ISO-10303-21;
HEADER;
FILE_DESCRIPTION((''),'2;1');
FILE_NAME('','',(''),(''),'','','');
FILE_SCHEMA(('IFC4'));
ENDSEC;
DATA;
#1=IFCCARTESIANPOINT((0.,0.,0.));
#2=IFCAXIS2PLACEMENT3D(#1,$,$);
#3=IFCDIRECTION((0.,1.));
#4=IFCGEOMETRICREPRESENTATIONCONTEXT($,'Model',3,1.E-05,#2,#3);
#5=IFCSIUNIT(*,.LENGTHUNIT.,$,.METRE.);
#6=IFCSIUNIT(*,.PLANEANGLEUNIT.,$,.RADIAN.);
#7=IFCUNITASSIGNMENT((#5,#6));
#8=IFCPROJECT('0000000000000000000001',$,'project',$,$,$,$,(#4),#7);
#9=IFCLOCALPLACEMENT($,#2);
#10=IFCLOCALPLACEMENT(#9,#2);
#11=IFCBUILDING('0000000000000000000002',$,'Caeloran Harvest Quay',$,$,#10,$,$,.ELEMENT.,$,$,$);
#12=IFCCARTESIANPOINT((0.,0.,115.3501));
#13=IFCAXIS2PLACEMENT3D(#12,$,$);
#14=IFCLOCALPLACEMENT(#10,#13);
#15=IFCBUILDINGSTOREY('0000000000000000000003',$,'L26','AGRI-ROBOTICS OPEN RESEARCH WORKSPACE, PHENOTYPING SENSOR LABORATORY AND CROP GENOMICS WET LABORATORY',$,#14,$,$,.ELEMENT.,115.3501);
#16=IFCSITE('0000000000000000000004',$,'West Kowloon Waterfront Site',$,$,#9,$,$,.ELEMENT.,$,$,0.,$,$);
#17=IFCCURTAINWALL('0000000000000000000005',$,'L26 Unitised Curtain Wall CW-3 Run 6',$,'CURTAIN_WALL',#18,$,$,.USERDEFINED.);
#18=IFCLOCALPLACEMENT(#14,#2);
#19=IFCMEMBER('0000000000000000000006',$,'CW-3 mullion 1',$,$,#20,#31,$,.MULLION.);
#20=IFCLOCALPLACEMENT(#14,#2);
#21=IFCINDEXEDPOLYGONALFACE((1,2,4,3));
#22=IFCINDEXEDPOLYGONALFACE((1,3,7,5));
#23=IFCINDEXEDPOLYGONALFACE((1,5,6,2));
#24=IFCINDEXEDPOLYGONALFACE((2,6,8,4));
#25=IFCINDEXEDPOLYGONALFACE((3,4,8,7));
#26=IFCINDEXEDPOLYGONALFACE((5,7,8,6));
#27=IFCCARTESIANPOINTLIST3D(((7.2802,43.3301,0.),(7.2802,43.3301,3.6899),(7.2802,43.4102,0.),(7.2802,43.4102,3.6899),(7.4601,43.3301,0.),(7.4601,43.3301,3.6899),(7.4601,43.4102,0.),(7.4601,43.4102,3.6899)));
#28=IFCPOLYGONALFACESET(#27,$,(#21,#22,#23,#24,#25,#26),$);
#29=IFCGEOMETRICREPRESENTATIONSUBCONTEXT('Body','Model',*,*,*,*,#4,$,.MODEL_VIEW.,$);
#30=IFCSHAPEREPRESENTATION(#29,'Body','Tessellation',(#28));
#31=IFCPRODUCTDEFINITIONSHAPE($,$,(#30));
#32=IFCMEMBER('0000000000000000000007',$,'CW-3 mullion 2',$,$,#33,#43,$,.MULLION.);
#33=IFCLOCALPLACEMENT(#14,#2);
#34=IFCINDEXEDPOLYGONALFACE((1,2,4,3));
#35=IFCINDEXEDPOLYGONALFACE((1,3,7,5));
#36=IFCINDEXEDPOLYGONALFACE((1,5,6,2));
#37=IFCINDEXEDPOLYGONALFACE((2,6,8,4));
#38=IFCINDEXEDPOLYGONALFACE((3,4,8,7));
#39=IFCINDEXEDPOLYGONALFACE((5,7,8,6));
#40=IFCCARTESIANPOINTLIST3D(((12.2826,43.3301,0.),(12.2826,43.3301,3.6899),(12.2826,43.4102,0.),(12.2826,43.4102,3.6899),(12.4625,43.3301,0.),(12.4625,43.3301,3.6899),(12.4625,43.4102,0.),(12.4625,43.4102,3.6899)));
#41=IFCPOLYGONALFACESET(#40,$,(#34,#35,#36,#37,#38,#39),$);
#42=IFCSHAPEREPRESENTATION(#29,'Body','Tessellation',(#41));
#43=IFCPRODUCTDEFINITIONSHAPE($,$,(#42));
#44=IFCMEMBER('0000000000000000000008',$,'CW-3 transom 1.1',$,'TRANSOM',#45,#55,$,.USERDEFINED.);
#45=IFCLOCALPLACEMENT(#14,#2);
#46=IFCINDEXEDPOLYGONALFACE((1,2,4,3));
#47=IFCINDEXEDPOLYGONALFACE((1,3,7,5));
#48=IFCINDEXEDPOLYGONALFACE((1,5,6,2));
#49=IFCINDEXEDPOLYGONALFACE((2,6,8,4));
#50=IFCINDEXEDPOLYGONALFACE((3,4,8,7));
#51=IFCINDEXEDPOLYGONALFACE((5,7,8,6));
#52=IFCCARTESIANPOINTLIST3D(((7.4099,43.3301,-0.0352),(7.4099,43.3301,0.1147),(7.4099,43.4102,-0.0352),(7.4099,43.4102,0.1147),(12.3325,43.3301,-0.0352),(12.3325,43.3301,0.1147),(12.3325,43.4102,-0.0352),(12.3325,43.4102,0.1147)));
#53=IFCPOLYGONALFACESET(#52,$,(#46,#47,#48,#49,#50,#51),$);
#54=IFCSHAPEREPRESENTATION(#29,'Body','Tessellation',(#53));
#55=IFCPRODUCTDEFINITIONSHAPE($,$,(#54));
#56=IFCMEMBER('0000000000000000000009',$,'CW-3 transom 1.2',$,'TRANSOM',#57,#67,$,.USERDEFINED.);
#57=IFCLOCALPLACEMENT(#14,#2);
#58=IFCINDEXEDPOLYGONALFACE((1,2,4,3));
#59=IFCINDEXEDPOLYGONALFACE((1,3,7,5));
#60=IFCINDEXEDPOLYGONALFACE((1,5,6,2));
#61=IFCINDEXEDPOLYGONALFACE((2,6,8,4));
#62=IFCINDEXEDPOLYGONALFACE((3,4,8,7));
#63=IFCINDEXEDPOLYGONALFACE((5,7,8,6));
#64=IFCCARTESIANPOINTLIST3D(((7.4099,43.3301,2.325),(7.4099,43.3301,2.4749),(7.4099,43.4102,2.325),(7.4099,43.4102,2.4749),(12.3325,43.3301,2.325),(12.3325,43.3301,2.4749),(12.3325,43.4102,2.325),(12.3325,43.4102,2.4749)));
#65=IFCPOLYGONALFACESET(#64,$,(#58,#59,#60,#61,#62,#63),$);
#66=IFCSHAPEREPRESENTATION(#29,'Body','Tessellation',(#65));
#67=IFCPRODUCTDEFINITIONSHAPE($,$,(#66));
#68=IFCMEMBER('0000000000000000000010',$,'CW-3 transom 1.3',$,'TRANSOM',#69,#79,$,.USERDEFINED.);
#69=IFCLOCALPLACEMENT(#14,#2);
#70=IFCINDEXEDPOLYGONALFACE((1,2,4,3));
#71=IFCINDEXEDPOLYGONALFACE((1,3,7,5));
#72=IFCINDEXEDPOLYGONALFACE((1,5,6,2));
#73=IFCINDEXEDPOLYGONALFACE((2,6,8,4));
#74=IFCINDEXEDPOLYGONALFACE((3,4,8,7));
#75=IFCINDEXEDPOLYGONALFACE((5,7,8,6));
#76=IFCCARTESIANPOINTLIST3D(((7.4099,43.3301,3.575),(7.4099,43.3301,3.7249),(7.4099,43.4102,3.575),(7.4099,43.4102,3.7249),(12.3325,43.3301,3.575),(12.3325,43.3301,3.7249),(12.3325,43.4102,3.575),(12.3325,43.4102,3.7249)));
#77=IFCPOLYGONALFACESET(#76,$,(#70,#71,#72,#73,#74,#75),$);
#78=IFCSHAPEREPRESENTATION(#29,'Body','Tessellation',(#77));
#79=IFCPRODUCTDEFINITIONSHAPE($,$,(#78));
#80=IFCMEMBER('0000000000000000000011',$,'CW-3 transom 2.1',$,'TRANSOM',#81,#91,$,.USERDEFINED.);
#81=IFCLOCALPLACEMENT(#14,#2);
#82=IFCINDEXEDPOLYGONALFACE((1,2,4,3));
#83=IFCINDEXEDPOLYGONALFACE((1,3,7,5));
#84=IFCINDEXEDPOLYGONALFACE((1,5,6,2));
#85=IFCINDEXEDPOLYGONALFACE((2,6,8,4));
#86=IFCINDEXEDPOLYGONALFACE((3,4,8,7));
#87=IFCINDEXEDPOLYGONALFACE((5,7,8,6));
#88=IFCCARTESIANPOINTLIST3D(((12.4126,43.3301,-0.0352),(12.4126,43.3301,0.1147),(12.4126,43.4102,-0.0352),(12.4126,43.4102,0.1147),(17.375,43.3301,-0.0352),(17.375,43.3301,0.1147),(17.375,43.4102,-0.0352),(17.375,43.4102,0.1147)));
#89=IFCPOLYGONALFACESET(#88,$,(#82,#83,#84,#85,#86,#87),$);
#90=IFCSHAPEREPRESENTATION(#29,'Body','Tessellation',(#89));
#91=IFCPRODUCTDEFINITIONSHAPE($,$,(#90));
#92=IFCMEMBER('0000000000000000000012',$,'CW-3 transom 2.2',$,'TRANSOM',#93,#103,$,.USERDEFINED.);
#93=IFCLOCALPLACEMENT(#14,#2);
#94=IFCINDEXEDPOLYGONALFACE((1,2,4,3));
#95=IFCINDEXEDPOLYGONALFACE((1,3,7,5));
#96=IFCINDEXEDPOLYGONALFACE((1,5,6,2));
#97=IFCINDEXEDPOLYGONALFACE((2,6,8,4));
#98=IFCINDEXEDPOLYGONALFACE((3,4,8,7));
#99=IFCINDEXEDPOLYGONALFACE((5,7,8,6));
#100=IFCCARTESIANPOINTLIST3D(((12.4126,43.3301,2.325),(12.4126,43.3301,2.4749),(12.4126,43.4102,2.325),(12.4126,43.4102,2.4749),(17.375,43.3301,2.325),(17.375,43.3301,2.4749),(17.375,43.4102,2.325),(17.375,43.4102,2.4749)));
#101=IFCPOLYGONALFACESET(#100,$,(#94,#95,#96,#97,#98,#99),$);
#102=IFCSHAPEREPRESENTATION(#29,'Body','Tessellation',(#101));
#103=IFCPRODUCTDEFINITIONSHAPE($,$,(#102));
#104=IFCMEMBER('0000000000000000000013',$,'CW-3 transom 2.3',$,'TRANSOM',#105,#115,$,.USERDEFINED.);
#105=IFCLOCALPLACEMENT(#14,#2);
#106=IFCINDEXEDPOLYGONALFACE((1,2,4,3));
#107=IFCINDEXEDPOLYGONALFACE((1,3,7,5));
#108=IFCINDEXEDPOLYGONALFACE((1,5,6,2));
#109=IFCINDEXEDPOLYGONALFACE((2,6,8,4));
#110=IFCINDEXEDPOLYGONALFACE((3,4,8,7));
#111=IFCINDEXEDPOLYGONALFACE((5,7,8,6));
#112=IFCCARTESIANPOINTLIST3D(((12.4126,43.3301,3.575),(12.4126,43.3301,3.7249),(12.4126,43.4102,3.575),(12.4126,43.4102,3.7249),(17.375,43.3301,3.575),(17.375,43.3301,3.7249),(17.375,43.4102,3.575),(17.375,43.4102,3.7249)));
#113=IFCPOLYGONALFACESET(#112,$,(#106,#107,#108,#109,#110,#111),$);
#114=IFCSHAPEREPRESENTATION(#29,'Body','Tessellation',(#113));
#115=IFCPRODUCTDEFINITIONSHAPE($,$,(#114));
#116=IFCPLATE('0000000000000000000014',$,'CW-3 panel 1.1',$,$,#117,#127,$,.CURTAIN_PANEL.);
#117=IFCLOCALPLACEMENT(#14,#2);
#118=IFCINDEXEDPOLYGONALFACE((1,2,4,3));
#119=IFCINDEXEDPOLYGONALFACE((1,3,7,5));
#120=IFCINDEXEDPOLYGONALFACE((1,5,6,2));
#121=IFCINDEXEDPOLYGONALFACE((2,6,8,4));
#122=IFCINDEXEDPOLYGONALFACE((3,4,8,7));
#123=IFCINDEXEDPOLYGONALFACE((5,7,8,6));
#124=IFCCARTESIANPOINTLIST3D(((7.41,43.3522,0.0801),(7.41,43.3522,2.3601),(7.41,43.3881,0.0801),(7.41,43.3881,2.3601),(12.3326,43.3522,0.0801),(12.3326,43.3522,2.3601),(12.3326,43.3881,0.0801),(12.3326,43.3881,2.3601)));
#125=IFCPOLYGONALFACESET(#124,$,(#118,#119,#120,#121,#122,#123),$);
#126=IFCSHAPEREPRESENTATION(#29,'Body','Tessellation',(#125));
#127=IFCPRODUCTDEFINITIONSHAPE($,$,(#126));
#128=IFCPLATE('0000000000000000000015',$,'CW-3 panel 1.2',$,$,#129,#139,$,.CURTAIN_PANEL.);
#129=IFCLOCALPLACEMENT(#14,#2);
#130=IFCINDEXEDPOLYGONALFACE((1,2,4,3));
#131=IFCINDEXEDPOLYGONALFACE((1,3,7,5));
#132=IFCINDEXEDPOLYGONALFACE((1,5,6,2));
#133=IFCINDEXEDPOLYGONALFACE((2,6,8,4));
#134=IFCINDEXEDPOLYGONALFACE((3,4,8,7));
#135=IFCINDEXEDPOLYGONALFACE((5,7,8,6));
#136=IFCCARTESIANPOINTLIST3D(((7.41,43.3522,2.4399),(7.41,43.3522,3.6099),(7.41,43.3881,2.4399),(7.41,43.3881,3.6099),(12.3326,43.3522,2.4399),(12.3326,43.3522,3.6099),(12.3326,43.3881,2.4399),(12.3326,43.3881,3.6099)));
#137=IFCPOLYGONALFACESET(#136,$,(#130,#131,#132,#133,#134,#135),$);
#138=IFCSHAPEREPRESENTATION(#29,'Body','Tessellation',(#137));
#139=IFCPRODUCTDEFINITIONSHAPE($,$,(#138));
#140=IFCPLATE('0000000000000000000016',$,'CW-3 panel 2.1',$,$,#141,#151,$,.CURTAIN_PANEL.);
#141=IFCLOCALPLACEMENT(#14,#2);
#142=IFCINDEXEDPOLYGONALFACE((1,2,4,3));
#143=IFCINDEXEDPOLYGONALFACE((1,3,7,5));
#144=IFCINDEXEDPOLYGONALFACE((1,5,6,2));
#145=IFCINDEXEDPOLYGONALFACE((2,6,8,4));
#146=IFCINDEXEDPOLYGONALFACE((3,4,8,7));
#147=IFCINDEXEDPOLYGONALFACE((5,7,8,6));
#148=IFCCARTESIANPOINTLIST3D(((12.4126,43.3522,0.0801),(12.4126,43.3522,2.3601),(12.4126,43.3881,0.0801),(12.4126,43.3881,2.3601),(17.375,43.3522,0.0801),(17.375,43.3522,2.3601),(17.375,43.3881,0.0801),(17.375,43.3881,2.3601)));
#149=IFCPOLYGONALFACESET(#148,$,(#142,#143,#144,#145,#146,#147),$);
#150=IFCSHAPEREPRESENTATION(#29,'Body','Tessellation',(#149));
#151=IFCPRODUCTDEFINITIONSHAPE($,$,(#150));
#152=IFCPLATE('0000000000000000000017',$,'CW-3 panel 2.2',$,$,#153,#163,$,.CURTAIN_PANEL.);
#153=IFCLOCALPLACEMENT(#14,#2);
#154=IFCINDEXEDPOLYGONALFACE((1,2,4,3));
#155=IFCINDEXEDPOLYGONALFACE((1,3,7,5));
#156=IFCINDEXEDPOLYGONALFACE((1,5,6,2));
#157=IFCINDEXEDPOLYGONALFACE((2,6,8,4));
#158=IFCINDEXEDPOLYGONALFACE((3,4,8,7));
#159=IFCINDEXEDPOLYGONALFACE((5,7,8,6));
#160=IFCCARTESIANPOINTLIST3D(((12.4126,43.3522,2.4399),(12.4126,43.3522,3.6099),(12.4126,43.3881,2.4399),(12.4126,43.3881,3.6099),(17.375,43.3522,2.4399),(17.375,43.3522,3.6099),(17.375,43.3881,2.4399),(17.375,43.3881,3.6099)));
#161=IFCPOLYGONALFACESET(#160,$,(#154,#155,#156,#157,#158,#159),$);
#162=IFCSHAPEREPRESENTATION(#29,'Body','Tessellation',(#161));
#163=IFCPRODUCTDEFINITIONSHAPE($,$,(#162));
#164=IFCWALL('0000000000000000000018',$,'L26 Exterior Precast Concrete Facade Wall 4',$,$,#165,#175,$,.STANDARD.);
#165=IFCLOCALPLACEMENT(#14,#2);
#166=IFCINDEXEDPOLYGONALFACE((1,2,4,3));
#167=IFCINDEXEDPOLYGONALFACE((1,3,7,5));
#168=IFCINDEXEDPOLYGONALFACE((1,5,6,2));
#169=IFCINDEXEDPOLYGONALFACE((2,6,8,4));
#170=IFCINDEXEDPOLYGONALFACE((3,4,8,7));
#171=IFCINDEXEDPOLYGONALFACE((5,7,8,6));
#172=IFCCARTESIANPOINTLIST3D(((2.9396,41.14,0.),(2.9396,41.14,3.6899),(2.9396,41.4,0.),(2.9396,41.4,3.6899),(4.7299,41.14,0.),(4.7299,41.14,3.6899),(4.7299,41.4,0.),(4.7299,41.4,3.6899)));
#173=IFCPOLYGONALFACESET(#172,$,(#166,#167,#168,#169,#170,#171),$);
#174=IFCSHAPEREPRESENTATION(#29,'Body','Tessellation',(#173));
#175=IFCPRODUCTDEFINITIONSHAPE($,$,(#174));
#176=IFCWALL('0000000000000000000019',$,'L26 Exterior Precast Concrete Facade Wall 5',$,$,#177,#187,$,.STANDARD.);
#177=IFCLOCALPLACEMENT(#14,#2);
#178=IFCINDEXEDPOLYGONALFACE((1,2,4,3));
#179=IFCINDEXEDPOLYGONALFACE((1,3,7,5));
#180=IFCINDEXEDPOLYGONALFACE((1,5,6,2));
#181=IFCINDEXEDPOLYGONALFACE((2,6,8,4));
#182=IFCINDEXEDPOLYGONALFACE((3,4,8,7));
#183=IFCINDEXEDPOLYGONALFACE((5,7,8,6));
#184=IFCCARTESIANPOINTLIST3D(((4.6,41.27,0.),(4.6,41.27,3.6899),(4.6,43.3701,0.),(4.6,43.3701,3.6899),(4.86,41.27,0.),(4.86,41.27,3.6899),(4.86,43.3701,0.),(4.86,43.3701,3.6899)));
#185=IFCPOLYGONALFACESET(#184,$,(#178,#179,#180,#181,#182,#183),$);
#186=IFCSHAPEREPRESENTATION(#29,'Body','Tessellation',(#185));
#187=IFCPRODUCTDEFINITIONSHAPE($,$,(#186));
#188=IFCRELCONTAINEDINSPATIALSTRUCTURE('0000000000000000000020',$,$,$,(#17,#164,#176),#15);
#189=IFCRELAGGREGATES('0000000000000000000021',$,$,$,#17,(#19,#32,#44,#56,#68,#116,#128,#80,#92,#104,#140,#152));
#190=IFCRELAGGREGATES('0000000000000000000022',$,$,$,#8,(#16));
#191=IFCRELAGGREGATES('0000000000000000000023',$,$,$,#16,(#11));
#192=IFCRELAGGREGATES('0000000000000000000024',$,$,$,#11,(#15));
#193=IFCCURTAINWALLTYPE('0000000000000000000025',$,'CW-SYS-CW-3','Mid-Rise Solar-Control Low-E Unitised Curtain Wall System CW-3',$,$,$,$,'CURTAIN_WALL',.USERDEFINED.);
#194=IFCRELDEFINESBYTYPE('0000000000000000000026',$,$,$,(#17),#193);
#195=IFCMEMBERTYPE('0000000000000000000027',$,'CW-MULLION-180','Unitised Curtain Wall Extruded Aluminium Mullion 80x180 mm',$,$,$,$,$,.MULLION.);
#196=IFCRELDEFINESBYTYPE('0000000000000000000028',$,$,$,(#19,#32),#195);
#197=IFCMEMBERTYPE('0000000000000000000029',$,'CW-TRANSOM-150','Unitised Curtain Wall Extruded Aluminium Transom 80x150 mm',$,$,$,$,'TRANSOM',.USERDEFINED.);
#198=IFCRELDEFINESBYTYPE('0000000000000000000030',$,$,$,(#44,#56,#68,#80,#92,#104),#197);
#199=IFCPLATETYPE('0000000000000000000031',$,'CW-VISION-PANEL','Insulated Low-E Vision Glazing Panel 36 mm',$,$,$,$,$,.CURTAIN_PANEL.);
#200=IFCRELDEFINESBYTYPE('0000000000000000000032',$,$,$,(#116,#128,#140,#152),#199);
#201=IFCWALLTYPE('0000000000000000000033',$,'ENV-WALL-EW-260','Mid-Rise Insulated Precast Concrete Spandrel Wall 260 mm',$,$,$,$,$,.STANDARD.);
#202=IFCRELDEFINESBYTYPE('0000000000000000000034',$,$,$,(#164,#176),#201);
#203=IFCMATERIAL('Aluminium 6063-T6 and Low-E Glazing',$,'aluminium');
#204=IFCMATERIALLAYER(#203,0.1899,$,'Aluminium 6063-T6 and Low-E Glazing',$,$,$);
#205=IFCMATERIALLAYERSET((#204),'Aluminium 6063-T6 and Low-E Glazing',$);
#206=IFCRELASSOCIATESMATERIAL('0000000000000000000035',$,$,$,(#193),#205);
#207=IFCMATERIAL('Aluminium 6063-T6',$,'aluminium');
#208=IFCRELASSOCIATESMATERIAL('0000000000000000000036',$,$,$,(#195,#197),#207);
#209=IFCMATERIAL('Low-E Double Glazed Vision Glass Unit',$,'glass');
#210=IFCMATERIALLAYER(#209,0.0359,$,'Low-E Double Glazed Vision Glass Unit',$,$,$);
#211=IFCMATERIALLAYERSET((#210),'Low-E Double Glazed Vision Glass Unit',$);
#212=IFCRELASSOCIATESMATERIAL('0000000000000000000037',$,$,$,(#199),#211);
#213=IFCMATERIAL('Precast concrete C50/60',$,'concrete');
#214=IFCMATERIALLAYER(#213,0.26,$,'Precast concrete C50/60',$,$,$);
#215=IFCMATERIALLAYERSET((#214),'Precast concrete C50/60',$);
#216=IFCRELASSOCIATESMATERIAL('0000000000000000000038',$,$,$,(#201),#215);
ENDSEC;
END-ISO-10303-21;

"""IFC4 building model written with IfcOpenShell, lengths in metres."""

from ifc_helpers import new_model, si_unit, direction, frame, frame_2d, origin, origin_2d, place, context, subcontext, project, spatial, rectangle, extrude, material, layer, layer_set, material_profile, profile_set, type_object, element, aggregate, save


model = new_model("IFC4")

# Units and contexts
model_context = context("Model", 3, precision=1e-05, world=origin(), true_north=direction((0.0, 1.0)))
body_context = subcontext(model_context, "Body", "Model", "MODEL_VIEW")
ifc_project = project(units=[si_unit("LENGTHUNIT", "METRE"), si_unit("PLANEANGLEUNIT", "RADIAN")], contexts=[model_context])

# Site, building, storey
site_placement = place(None, origin())
site = spatial("IfcSite", under=ifc_project, at=site_placement, Name="West Kowloon Waterfront Site", CompositionType="ELEMENT", RefElevation=0.0)
building_placement = place(site_placement, origin())
building = spatial("IfcBuilding", under=site, at=building_placement, Name="Caeloran Harvest Quay", CompositionType="ELEMENT")
storey_placement = place(building_placement, frame((0.0, 0.0, 115.3501)))
storey = spatial("IfcBuildingStorey", under=building, at=storey_placement, Name="L26", Description="AGRI-ROBOTICS OPEN RESEARCH WORKSPACE, PHENOTYPING SENSOR LABORATORY AND CROP GENOMICS WET LABORATORY", CompositionType="ELEMENT", Elevation=115.3501)

# Curtain wall, members, plates
ifc_material_1 = material(Name="Aluminium 6063-T6 and Low-E Glazing", Category="aluminium")
ifc_layer_1 = layer(ifc_material_1, 0.1899, Name="Aluminium 6063-T6 and Low-E Glazing")
ifc_layer_set_1 = layer_set([ifc_layer_1], Name="Aluminium 6063-T6 and Low-E Glazing")
curtain_wall_type = type_object("IfcCurtainWallType", Name="CW-SYS-CW-3", Description="Mid-Rise Solar-Control Low-E Unitised Curtain Wall System CW-3", ElementType="CURTAIN_WALL", PredefinedType="USERDEFINED", material=ifc_layer_set_1)
curtain_wall_placement = place(storey_placement, origin())
curtain_wall = element("IfcCurtainWall", 1, at=curtain_wall_placement, inside=storey, type_object=curtain_wall_type, Name="L26 Unitised Curtain Wall CW-3 Run 6", ObjectType="CURTAIN_WALL", PredefinedType="USERDEFINED")
ifc_material_2 = material(Name="Aluminium 6063-T6", Category="aluminium")
ifc_material_profile_1 = material_profile(ifc_material_2, rectangle(XDim=0.0801, YDim=0.1799, at=origin_2d()), Name="CW-MULLION-180")
ifc_profile_set_1 = profile_set([ifc_material_profile_1], Name="Aluminium 6063-T6")
member_type_1 = type_object("IfcMemberType", Name="CW-MULLION-180", Description="Unitised Curtain Wall Extruded Aluminium Mullion 80x180 mm", PredefinedType="MULLION", material=ifc_profile_set_1)
member_1_placement = place(storey_placement, frame((7.3701, 43.3701, 0.0), z_axis=(0.0, 0.0, 1.0), x_axis=(0.0, 1.0, 0.0)))
member_1 = element("IfcMember", 2, at=member_1_placement, type_object=member_type_1, Name="CW-3 mullion 1", PredefinedType="MULLION", context=body_context, shape_type="SweptSolid", body=[
    extrude(rectangle(XDim=0.0801, YDim=0.1799, at=origin_2d()), origin(), (0.0, 0.0, 1.0), 3.6899),
])
member_2_placement = place(storey_placement, frame((12.3726, 43.3701, 0.0), z_axis=(0.0, 0.0, 1.0), x_axis=(0.0, 1.0, 0.0)))
member_2 = element("IfcMember", 3, at=member_2_placement, type_object=member_type_1, Name="CW-3 mullion 2", PredefinedType="MULLION", context=body_context, shape_type="SweptSolid", body=[
    extrude(rectangle(XDim=0.0801, YDim=0.1799, at=origin_2d()), origin(), (0.0, 0.0, 1.0), 3.6899),
])
ifc_material_profile_2 = material_profile(ifc_material_2, rectangle(XDim=0.0801, YDim=0.1499, at=origin_2d()), Name="CW-TRANSOM-150")
ifc_profile_set_2 = profile_set([ifc_material_profile_2], Name="Aluminium 6063-T6")
member_type_2 = type_object("IfcMemberType", Name="CW-TRANSOM-150", Description="Unitised Curtain Wall Extruded Aluminium Transom 80x150 mm", ElementType="TRANSOM", PredefinedType="USERDEFINED", material=ifc_profile_set_2)
member_3_placement = place(storey_placement, frame((7.4099, 43.3701, 0.0398), z_axis=(1.0, 0.0, 0.0), x_axis=(0.0, 1.0, 0.0)))
member_3 = element("IfcMember", 4, at=member_3_placement, type_object=member_type_2, Name="CW-3 transom 1.1", ObjectType="TRANSOM", PredefinedType="USERDEFINED", context=body_context, shape_type="SweptSolid", body=[
    extrude(rectangle(XDim=0.0801, YDim=0.1499, at=origin_2d()), origin(), (0.0, 0.0, 1.0), 4.9226),
])
member_4_placement = place(storey_placement, frame((7.4099, 43.3701, 2.3999), z_axis=(1.0, 0.0, 0.0), x_axis=(0.0, 1.0, 0.0)))
member_4 = element("IfcMember", 5, at=member_4_placement, type_object=member_type_2, Name="CW-3 transom 1.2", ObjectType="TRANSOM", PredefinedType="USERDEFINED", context=body_context, shape_type="SweptSolid", body=[
    extrude(rectangle(XDim=0.0801, YDim=0.1499, at=origin_2d()), origin(), (0.0, 0.0, 1.0), 4.9226),
])
member_5_placement = place(storey_placement, frame((7.4099, 43.3701, 3.6499), z_axis=(1.0, 0.0, 0.0), x_axis=(0.0, 1.0, 0.0)))
member_5 = element("IfcMember", 6, at=member_5_placement, type_object=member_type_2, Name="CW-3 transom 1.3", ObjectType="TRANSOM", PredefinedType="USERDEFINED", context=body_context, shape_type="SweptSolid", body=[
    extrude(rectangle(XDim=0.0801, YDim=0.1499, at=origin_2d()), origin(), (0.0, 0.0, 1.0), 4.9226),
])
member_6_placement = place(storey_placement, frame((12.4126, 43.3701, 0.0398), z_axis=(1.0, 0.0, 0.0), x_axis=(0.0, 1.0, 0.0)))
member_6 = element("IfcMember", 7, at=member_6_placement, type_object=member_type_2, Name="CW-3 transom 2.1", ObjectType="TRANSOM", PredefinedType="USERDEFINED", context=body_context, shape_type="SweptSolid", body=[
    extrude(rectangle(XDim=0.0801, YDim=0.1499, at=origin_2d()), origin(), (0.0, 0.0, 1.0), 4.9624),
])
member_7_placement = place(storey_placement, frame((12.4126, 43.3701, 2.3999), z_axis=(1.0, 0.0, 0.0), x_axis=(0.0, 1.0, 0.0)))
member_7 = element("IfcMember", 8, at=member_7_placement, type_object=member_type_2, Name="CW-3 transom 2.2", ObjectType="TRANSOM", PredefinedType="USERDEFINED", context=body_context, shape_type="SweptSolid", body=[
    extrude(rectangle(XDim=0.0801, YDim=0.1499, at=origin_2d()), origin(), (0.0, 0.0, 1.0), 4.9624),
])
member_8_placement = place(storey_placement, frame((12.4126, 43.3701, 3.6499), z_axis=(1.0, 0.0, 0.0), x_axis=(0.0, 1.0, 0.0)))
member_8 = element("IfcMember", 9, at=member_8_placement, type_object=member_type_2, Name="CW-3 transom 2.3", ObjectType="TRANSOM", PredefinedType="USERDEFINED", context=body_context, shape_type="SweptSolid", body=[
    extrude(rectangle(XDim=0.0801, YDim=0.1499, at=origin_2d()), origin(), (0.0, 0.0, 1.0), 4.9624),
])
ifc_material_3 = material(Name="Low-E Double Glazed Vision Glass Unit", Category="glass")
ifc_layer_2 = layer(ifc_material_3, 0.0359, Name="Low-E Double Glazed Vision Glass Unit")
ifc_layer_set_2 = layer_set([ifc_layer_2], Name="Low-E Double Glazed Vision Glass Unit")
plate_type = type_object("IfcPlateType", Name="CW-VISION-PANEL", Description="Insulated Low-E Vision Glazing Panel 36 mm", PredefinedType="CURTAIN_PANEL", material=ifc_layer_set_2)
plate_1_placement = place(storey_placement, frame((9.8713, 43.3701, 0.0801), z_axis=(0.0, 0.0, 1.0), x_axis=(1.0, 0.0, 0.0)))
plate_1 = element("IfcPlate", 10, at=plate_1_placement, type_object=plate_type, Name="CW-3 panel 1.1", PredefinedType="CURTAIN_PANEL", context=body_context, shape_type="SweptSolid", body=[
    extrude(rectangle(XDim=4.9226, YDim=0.0359, at=origin_2d()), origin(), (0.0, 0.0, 1.0), 2.28),
])
plate_2_placement = place(storey_placement, frame((9.8713, 43.3701, 2.4399), z_axis=(0.0, 0.0, 1.0), x_axis=(1.0, 0.0, 0.0)))
plate_2 = element("IfcPlate", 11, at=plate_2_placement, type_object=plate_type, Name="CW-3 panel 1.2", PredefinedType="CURTAIN_PANEL", context=body_context, shape_type="SweptSolid", body=[
    extrude(rectangle(XDim=4.9226, YDim=0.0359, at=origin_2d()), origin(), (0.0, 0.0, 1.0), 1.1699),
])
plate_3_placement = place(storey_placement, frame((14.8938, 43.3701, 0.0801), z_axis=(0.0, 0.0, 1.0), x_axis=(1.0, 0.0, 0.0)))
plate_3 = element("IfcPlate", 12, at=plate_3_placement, type_object=plate_type, Name="CW-3 panel 2.1", PredefinedType="CURTAIN_PANEL", context=body_context, shape_type="SweptSolid", body=[
    extrude(rectangle(XDim=4.9624, YDim=0.0359, at=origin_2d()), origin(), (0.0, 0.0, 1.0), 2.28),
])
plate_4_placement = place(storey_placement, frame((14.8938, 43.3701, 2.4399), z_axis=(0.0, 0.0, 1.0), x_axis=(1.0, 0.0, 0.0)))
plate_4 = element("IfcPlate", 13, at=plate_4_placement, type_object=plate_type, Name="CW-3 panel 2.2", PredefinedType="CURTAIN_PANEL", context=body_context, shape_type="SweptSolid", body=[
    extrude(rectangle(XDim=4.9624, YDim=0.0359, at=origin_2d()), origin(), (0.0, 0.0, 1.0), 1.1699),
])
aggregate(curtain_wall, [member_1, member_2, member_3, member_4, member_5, plate_1, plate_2, member_6, member_7, member_8, plate_3, plate_4])

# Walls
ifc_material_4 = material(Name="Precast concrete C50/60", Category="concrete")
ifc_layer_3 = layer(ifc_material_4, 0.26, Name="Precast concrete C50/60")
ifc_layer_set_3 = layer_set([ifc_layer_3], Name="Precast concrete C50/60")
wall_type_1 = type_object("IfcWallType", Name="ENV-WALL-EW-260", Description="Mid-Rise Insulated Precast Concrete Spandrel Wall 260 mm", PredefinedType="STANDARD", material=ifc_layer_set_3)
wall_1_placement = place(storey_placement, frame((2.9397, 41.27, 0.0), z_axis=(0.0, 0.0, 1.0), x_axis=(1.0, 0.0, 0.0)))
element("IfcWall", 14, at=wall_1_placement, inside=storey, type_object=wall_type_1, Name="L26 Exterior Precast Concrete Facade Wall 4", PredefinedType="STANDARD", context=body_context, shape_type="SweptSolid", body=[
    extrude(rectangle(XDim=1.7903, YDim=0.26, at=frame_2d((0.895, 0.0))), origin(), (0.0, 0.0, 1.0), 3.6899),
])
wall_2_placement = place(storey_placement, frame((4.73, 41.27, 0.0), z_axis=(0.0, 0.0, 1.0), x_axis=(0.0, 1.0, 0.0)))
element("IfcWall", 15, at=wall_2_placement, inside=storey, type_object=wall_type_1, Name="L26 Exterior Precast Concrete Facade Wall 5", PredefinedType="STANDARD", context=body_context, shape_type="SweptSolid", body=[
    extrude(rectangle(XDim=2.1001, YDim=0.26, at=frame_2d((1.05, 0.0))), origin(), (0.0, 0.0, 1.0), 3.6899),
])

save(model, "model.ifc")
